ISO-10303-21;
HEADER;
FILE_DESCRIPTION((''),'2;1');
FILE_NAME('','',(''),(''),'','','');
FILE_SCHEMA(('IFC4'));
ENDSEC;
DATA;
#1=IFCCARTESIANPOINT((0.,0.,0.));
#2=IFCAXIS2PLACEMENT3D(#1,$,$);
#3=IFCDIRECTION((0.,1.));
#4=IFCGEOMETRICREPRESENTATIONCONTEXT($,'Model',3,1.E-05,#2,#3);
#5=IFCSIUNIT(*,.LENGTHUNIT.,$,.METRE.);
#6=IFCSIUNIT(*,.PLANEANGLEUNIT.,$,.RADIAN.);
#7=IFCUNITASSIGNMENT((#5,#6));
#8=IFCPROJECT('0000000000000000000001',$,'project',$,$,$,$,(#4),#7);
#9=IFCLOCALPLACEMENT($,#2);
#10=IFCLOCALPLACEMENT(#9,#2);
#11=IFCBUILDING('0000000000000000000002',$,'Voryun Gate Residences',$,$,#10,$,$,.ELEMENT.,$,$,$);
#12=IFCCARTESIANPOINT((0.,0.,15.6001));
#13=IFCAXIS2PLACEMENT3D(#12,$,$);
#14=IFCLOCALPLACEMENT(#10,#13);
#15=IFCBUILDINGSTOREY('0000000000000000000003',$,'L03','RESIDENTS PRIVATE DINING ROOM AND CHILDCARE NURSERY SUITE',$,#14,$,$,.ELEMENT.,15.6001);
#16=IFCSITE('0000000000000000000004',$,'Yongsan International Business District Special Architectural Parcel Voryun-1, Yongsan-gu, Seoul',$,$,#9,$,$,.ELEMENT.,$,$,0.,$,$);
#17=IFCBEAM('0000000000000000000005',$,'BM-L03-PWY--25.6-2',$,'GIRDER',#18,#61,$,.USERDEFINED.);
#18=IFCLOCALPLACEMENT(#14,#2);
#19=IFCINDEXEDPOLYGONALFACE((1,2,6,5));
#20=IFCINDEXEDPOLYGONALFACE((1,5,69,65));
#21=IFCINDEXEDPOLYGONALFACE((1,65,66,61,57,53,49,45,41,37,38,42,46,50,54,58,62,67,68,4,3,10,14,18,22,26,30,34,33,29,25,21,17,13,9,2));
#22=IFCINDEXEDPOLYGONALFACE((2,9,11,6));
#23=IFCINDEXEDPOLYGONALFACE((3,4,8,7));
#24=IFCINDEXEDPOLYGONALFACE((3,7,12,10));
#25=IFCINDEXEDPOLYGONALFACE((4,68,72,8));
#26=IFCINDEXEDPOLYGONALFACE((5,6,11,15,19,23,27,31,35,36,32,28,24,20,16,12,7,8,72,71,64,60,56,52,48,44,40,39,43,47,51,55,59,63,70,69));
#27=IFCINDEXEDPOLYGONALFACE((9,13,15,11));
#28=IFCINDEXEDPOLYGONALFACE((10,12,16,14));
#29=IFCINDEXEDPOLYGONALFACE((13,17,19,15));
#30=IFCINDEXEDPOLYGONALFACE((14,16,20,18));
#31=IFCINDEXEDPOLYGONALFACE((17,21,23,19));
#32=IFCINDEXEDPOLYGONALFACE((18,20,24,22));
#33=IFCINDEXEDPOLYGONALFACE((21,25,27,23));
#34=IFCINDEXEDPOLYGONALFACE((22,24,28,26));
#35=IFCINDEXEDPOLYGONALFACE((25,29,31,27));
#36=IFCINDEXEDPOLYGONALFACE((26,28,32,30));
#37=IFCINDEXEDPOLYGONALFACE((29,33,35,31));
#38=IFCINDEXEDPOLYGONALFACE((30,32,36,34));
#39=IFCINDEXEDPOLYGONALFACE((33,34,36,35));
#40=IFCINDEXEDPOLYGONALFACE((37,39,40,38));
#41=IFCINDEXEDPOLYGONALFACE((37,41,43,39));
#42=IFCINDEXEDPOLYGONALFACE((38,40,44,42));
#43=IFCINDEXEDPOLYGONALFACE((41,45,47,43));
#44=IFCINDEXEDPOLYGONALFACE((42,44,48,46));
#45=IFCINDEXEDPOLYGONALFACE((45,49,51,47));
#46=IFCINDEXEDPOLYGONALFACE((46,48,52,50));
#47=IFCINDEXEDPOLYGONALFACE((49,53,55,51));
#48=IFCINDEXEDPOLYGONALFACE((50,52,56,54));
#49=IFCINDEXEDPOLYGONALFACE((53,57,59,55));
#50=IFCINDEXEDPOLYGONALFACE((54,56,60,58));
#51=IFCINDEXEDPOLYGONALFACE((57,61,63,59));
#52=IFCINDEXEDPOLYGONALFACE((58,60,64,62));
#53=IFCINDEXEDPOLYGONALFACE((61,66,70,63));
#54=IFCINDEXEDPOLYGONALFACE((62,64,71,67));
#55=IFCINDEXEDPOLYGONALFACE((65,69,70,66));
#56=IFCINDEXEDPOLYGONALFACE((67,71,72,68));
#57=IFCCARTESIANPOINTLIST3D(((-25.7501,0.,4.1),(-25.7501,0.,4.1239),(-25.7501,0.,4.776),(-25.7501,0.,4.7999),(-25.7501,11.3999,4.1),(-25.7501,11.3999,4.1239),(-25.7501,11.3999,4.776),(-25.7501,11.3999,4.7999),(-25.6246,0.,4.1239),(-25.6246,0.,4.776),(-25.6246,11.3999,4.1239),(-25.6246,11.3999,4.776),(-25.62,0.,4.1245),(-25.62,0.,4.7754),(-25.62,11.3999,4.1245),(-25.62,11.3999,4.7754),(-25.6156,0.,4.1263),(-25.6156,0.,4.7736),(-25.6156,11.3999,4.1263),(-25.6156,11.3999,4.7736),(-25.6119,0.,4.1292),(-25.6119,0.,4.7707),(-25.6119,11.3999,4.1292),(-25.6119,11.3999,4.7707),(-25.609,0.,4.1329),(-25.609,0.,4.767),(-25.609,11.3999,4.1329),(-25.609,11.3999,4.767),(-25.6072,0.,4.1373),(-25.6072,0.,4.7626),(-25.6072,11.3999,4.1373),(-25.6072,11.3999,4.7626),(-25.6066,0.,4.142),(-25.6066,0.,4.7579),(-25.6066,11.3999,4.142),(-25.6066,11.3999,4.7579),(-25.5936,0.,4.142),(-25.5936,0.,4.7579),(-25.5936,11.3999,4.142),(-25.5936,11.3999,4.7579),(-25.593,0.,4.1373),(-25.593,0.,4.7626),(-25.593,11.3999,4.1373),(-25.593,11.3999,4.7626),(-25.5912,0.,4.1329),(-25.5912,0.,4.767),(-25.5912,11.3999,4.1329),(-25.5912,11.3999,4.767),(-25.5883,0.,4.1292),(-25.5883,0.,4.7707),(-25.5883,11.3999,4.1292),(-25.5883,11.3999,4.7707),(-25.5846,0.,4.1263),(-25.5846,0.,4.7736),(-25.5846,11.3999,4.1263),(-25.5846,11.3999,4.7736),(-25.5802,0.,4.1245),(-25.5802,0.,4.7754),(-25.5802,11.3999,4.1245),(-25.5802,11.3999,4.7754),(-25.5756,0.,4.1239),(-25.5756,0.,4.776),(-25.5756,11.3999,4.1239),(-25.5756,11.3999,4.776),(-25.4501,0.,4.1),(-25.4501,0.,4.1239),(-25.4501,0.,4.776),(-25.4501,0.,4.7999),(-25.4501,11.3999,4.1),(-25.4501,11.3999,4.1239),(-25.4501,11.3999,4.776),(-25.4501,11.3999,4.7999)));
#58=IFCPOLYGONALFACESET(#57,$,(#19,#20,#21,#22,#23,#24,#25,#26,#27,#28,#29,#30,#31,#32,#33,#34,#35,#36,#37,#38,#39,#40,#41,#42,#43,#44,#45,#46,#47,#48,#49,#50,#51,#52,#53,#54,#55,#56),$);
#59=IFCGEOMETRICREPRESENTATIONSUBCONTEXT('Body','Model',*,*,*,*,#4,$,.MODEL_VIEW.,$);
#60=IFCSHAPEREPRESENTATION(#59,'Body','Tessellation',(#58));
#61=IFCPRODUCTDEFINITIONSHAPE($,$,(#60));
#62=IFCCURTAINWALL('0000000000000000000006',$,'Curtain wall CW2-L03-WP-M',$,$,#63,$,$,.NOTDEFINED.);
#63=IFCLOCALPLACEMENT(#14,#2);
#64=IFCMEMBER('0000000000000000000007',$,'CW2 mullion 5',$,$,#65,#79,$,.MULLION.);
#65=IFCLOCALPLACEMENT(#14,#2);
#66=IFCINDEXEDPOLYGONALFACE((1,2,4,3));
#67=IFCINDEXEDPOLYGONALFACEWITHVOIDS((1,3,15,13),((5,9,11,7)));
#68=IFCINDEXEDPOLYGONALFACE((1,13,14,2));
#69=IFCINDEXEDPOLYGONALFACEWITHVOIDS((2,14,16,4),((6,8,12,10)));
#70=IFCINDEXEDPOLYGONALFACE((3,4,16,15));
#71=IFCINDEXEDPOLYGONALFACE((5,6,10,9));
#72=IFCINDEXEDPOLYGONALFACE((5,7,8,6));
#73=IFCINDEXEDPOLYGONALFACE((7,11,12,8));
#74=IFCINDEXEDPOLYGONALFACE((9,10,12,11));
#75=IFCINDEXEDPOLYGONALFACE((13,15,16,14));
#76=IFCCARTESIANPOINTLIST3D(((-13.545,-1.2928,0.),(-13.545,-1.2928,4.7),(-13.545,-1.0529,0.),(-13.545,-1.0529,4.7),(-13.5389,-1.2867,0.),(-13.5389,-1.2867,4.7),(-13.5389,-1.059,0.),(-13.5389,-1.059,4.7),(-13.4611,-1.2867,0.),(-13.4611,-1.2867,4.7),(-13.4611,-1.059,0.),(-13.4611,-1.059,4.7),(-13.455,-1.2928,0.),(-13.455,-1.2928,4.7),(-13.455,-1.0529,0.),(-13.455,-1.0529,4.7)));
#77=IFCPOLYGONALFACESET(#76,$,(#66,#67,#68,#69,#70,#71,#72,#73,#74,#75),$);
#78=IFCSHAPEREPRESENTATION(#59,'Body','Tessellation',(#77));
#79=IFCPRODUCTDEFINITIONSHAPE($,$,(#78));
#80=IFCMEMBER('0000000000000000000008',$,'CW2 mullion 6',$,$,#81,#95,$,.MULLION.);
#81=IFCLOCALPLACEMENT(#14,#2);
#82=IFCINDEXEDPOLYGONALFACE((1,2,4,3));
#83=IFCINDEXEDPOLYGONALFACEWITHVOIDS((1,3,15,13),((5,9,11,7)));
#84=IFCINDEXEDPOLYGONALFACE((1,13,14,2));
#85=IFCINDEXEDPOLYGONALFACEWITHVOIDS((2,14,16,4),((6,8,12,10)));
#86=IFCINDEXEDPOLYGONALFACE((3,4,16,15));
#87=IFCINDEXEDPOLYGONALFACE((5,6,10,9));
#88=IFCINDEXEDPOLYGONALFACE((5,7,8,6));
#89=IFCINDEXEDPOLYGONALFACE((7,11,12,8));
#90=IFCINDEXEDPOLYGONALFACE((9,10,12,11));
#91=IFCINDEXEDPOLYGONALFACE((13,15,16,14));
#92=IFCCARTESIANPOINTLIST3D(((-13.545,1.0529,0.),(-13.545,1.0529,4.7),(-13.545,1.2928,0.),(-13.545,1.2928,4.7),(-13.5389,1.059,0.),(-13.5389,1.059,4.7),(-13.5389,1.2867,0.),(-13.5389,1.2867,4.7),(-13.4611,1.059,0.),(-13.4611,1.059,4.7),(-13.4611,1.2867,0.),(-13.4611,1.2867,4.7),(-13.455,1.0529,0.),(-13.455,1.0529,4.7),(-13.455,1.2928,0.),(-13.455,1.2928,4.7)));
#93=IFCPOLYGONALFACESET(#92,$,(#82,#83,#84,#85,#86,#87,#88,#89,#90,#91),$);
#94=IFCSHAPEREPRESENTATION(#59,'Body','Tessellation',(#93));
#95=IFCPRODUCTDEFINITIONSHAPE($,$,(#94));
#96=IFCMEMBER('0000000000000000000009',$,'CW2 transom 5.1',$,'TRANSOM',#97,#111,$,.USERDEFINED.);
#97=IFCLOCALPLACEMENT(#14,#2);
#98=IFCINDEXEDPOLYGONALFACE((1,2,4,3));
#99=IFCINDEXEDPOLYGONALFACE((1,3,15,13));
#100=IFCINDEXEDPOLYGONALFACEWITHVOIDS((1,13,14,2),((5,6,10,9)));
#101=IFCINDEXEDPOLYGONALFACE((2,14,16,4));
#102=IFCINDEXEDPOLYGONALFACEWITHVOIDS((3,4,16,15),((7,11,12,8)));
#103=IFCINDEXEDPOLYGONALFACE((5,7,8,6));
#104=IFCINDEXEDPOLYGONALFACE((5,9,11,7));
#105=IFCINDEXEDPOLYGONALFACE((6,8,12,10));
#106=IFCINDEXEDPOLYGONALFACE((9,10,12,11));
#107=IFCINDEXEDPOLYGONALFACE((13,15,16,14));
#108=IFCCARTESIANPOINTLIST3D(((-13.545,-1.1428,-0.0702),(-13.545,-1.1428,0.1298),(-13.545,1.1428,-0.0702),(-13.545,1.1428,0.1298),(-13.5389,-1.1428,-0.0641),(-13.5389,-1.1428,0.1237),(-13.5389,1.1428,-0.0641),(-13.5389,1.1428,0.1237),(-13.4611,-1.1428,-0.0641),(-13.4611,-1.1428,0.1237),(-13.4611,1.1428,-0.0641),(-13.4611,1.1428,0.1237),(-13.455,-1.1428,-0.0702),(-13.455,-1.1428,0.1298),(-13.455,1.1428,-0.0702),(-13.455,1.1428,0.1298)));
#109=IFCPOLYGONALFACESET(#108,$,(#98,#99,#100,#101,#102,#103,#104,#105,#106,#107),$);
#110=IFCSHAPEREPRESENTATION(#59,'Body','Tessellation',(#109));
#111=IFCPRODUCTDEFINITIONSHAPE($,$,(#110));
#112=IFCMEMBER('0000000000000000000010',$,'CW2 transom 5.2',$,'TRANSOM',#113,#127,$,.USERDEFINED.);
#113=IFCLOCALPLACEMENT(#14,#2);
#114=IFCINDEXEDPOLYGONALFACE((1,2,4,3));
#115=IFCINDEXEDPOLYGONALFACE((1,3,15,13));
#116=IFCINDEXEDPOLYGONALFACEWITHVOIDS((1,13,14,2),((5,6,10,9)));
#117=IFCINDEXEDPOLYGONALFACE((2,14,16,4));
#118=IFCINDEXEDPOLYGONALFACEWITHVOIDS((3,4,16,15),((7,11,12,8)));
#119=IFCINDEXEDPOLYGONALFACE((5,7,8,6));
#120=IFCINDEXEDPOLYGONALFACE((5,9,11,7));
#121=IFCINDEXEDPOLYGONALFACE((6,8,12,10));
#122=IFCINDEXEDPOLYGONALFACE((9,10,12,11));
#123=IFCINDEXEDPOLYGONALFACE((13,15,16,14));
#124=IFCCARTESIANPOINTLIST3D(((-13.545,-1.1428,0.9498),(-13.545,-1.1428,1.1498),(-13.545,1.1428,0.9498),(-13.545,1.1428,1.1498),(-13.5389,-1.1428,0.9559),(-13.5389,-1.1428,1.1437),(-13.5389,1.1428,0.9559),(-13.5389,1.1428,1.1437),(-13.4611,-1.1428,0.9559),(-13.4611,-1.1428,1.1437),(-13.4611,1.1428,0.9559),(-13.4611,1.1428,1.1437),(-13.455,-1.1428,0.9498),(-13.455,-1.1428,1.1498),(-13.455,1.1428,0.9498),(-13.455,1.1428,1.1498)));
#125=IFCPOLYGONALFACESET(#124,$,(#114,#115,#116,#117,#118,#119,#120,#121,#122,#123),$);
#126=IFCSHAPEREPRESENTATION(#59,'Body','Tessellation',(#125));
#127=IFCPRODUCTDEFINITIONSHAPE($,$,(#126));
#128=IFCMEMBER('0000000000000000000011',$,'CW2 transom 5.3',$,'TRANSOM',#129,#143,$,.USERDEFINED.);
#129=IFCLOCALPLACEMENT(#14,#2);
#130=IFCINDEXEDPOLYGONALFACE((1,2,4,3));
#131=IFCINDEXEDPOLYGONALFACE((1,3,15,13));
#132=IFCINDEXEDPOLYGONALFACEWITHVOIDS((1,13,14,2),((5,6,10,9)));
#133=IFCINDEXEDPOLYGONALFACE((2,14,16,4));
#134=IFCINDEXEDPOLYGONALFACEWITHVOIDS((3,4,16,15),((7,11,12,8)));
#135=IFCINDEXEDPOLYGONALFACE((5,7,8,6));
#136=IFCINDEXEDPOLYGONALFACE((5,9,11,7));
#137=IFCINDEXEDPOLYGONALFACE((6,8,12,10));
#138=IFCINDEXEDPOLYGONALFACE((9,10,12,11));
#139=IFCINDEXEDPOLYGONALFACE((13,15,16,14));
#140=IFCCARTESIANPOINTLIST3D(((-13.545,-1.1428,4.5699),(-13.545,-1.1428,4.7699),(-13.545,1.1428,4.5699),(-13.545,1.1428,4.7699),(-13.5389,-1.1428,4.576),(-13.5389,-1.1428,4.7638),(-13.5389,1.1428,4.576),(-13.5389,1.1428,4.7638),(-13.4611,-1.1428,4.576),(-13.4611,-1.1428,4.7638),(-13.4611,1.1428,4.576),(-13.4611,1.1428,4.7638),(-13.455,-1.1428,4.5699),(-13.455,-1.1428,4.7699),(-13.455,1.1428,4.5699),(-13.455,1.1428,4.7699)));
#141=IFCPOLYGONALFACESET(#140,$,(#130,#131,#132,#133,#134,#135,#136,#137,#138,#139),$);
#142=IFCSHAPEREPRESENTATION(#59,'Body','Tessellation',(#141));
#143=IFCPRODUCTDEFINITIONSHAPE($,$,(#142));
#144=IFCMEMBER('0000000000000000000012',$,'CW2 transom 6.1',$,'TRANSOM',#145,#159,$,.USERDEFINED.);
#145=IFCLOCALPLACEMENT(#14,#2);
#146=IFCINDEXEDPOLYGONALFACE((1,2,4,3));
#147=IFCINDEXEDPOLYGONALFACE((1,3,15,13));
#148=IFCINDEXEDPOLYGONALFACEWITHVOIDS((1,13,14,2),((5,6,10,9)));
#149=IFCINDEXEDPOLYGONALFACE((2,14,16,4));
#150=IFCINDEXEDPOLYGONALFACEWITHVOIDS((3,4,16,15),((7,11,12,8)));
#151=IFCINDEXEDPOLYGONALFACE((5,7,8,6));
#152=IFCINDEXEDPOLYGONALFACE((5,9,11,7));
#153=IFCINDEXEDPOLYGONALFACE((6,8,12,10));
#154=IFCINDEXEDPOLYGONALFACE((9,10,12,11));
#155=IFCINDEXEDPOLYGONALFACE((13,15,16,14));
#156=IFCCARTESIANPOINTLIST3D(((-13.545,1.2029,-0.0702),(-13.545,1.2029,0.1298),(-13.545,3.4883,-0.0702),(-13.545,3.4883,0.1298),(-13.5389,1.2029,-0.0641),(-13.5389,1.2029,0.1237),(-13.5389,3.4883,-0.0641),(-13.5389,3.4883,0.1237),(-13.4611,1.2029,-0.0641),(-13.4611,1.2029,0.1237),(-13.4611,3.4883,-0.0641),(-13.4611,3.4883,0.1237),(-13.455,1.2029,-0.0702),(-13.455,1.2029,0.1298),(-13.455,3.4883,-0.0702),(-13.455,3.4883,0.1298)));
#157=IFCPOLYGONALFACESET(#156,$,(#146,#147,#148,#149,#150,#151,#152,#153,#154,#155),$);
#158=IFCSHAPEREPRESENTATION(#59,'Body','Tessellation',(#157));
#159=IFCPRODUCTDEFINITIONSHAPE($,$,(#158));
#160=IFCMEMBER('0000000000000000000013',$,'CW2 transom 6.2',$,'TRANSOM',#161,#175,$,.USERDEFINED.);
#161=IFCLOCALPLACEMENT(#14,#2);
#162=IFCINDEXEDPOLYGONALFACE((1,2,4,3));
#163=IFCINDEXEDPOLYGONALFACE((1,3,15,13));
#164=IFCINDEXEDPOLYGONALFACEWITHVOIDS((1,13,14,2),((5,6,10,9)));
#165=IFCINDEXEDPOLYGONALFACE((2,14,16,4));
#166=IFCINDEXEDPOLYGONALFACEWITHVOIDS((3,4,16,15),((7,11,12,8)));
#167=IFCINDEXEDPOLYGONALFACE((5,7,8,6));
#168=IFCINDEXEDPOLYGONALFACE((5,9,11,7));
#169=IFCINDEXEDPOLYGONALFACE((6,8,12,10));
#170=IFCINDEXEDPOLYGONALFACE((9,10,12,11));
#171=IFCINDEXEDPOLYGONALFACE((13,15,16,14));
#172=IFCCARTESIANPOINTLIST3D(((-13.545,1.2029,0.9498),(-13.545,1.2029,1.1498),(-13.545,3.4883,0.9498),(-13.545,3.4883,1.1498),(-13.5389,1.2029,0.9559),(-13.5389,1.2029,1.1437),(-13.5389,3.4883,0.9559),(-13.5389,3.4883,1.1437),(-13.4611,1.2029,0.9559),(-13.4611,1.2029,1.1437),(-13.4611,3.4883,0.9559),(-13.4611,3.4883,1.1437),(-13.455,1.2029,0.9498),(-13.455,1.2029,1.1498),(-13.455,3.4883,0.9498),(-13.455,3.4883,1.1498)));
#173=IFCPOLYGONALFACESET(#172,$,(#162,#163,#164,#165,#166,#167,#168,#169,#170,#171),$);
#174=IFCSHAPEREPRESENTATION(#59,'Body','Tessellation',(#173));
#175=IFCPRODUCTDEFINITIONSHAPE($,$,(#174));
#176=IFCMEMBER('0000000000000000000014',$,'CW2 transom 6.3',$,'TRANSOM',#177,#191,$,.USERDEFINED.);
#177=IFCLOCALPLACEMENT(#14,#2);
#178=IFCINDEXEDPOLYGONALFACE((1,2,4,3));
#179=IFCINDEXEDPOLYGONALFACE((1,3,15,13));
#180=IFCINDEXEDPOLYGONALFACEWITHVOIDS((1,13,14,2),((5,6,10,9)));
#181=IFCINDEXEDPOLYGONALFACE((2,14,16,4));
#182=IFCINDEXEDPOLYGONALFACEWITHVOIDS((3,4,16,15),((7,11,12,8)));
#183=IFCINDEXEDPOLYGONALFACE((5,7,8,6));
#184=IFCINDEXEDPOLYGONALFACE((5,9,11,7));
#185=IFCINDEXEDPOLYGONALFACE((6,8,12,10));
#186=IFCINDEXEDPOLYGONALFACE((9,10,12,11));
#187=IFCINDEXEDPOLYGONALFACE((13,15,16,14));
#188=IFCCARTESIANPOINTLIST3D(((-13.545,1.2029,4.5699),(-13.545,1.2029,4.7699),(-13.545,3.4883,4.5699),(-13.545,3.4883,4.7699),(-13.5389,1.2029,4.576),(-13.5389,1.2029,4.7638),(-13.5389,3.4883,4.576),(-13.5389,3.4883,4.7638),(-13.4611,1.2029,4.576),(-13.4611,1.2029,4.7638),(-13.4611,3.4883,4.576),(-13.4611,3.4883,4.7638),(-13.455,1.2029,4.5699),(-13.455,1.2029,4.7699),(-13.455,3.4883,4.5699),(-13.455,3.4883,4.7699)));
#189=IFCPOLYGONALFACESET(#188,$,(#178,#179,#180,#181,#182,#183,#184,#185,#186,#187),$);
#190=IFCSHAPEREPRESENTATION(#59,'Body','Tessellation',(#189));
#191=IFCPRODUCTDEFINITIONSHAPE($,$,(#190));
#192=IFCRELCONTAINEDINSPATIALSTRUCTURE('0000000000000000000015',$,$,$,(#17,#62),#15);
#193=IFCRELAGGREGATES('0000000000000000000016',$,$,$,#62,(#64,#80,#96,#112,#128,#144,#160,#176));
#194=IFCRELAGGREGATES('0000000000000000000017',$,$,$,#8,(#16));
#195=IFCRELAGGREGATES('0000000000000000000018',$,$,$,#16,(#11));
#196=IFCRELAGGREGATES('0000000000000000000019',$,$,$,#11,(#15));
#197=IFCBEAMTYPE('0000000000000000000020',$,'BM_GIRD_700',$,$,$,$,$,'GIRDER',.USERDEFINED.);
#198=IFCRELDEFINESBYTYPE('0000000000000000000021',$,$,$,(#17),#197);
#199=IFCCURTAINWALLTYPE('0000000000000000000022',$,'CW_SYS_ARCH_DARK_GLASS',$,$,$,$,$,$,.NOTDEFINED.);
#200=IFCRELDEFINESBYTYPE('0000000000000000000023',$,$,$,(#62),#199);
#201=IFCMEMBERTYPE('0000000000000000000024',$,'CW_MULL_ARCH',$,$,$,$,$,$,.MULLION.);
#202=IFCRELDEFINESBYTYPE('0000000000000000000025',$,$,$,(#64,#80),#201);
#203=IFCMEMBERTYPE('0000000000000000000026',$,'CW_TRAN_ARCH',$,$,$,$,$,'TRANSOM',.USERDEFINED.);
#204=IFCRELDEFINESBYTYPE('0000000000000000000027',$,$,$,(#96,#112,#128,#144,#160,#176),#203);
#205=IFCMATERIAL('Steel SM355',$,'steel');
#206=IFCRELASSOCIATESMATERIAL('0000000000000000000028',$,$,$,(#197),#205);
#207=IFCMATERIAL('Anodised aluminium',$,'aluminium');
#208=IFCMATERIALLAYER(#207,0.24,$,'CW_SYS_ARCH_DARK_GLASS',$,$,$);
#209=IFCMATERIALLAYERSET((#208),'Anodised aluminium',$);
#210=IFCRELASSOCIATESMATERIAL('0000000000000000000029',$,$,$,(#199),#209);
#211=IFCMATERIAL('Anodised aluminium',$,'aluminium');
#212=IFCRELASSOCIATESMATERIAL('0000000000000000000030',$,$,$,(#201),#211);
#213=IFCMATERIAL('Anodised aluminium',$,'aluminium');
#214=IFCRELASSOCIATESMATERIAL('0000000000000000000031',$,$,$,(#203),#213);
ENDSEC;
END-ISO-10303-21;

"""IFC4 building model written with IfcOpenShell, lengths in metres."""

from ifc_helpers import new_model, si_unit, direction, frame, origin, origin_2d, place, context, subcontext, project, spatial, hollow_rectangle, i_section, extrude, material, layer, layer_set, material_profile, profile_set, type_object, element, aggregate, save


model = new_model("IFC4")

# Units and contexts
model_context = context("Model", 3, precision=1e-05, world=origin(), true_north=direction((0.0, 1.0)))
body_context = subcontext(model_context, "Body", "Model", "MODEL_VIEW")
ifc_project = project(units=[si_unit("LENGTHUNIT", "METRE"), si_unit("PLANEANGLEUNIT", "RADIAN")], contexts=[model_context])

# Site, building, storey
site_placement = place(None, origin())
site = spatial("IfcSite", under=ifc_project, at=site_placement, Name="Yongsan International Business District Special Architectural Parcel Voryun-1, Yongsan-gu, Seoul", CompositionType="ELEMENT", RefElevation=0.0)
building_placement = place(site_placement, origin())
building = spatial("IfcBuilding", under=site, at=building_placement, Name="Voryun Gate Residences", CompositionType="ELEMENT")
storey_placement = place(building_placement, frame((0.0, 0.0, 15.6001)))
storey = spatial("IfcBuildingStorey", under=building, at=storey_placement, Name="L03", Description="RESIDENTS PRIVATE DINING ROOM AND CHILDCARE NURSERY SUITE", CompositionType="ELEMENT", Elevation=15.6001)

# Beam
ifc_material_1 = material(Name="Steel SM355", Category="steel")
ifc_material_profile_1 = material_profile(ifc_material_1, i_section(OverallWidth=0.3, OverallDepth=0.7, WebThickness=0.0129, FlangeThickness=0.0239, FilletRadius=0.0181, at=origin_2d()), Name="H-700x300x13x24")
ifc_profile_set_1 = profile_set([ifc_material_profile_1], Name="Steel SM355")
beam_type = type_object("IfcBeamType", Name="BM_GIRD_700", ElementType="GIRDER", PredefinedType="USERDEFINED", material=ifc_profile_set_1)
for number, where, z_axis, x_axis, name in (
    (1, (-25.6001, 0.0, 4.45), (0.0, 1.0, 0.0), (-1.0, 0.0, 0.0), "BM-L03-PWY--25.6-2"),
):
    element("IfcBeam", number, at=place(storey_placement, frame(where, z_axis=z_axis, x_axis=x_axis)), inside=storey, type_object=beam_type, Name=name, ObjectType="GIRDER", PredefinedType="USERDEFINED", context=body_context, shape_type="SweptSolid", body=[
        extrude(i_section(OverallWidth=0.3, OverallDepth=0.7, WebThickness=0.0129, FlangeThickness=0.0239, FilletRadius=0.0181, at=origin_2d()), origin(), (0.0, 0.0, 1.0), 11.3999),
    ])

# Curtain wall, members
ifc_material_2 = material(Name="Anodised aluminium", Category="aluminium")
ifc_layer_1 = layer(ifc_material_2, 0.24, Name="CW_SYS_ARCH_DARK_GLASS")
ifc_layer_set_1 = layer_set([ifc_layer_1], Name="Anodised aluminium")
curtain_wall_type = type_object("IfcCurtainWallType", Name="CW_SYS_ARCH_DARK_GLASS", PredefinedType="NOTDEFINED", material=ifc_layer_set_1)
curtain_wall_placement = place(storey_placement, origin())
curtain_wall = element("IfcCurtainWall", 2, at=curtain_wall_placement, inside=storey, type_object=curtain_wall_type, Name="Curtain wall CW2-L03-WP-M", PredefinedType="NOTDEFINED")
ifc_material_3 = material(Name="Anodised aluminium", Category="aluminium")
ifc_material_profile_2 = material_profile(ifc_material_3, hollow_rectangle(XDim=0.0901, YDim=0.24, WallThickness=0.0061, at=origin_2d()), Name="ALU-MULL-240x90x6")
ifc_profile_set_2 = profile_set([ifc_material_profile_2], Name="Anodised aluminium")
member_type_1 = type_object("IfcMemberType", Name="CW_MULL_ARCH", PredefinedType="MULLION", material=ifc_profile_set_2)
member_1_placement = place(storey_placement, frame((-13.5, -1.1729, 0.0), z_axis=(0.0, 0.0, 1.0), x_axis=(-1.0, 0.0, 0.0)))
member_1 = element("IfcMember", 3, at=member_1_placement, type_object=member_type_1, Name="CW2 mullion 5", PredefinedType="MULLION", context=body_context, shape_type="SweptSolid", body=[
    extrude(hollow_rectangle(XDim=0.0901, YDim=0.24, WallThickness=0.0061, at=origin_2d()), origin(), (0.0, 0.0, 1.0), 4.7),
])
member_2_placement = place(storey_placement, frame((-13.5, 1.1729, 0.0), z_axis=(0.0, 0.0, 1.0), x_axis=(-1.0, 0.0, 0.0)))
member_2 = element("IfcMember", 4, at=member_2_placement, type_object=member_type_1, Name="CW2 mullion 6", PredefinedType="MULLION", context=body_context, shape_type="SweptSolid", body=[
    extrude(hollow_rectangle(XDim=0.0901, YDim=0.24, WallThickness=0.0061, at=origin_2d()), origin(), (0.0, 0.0, 1.0), 4.7),
])
ifc_material_4 = material(Name="Anodised aluminium", Category="aluminium")
ifc_material_profile_3 = material_profile(ifc_material_4, hollow_rectangle(XDim=0.0901, YDim=0.2, WallThickness=0.0061, at=origin_2d()), Name="ALU-TRAN-200x90x6")
ifc_profile_set_3 = profile_set([ifc_material_profile_3], Name="Anodised aluminium")
member_type_2 = type_object("IfcMemberType", Name="CW_TRAN_ARCH", ElementType="TRANSOM", PredefinedType="USERDEFINED", material=ifc_profile_set_3)
member_3_placement = place(storey_placement, frame((-13.5, -1.1428, 0.0298), z_axis=(0.0, 1.0, 0.0), x_axis=(-1.0, 0.0, 0.0)))
member_3 = element("IfcMember", 5, at=member_3_placement, type_object=member_type_2, Name="CW2 transom 5.1", ObjectType="TRANSOM", PredefinedType="USERDEFINED", context=body_context, shape_type="SweptSolid", body=[
    extrude(hollow_rectangle(XDim=0.0901, YDim=0.2, WallThickness=0.0061, at=origin_2d()), origin(), (0.0, 0.0, 1.0), 2.2856),
])
member_4_placement = place(storey_placement, frame((-13.5, -1.1428, 1.0498), z_axis=(0.0, 1.0, 0.0), x_axis=(-1.0, 0.0, 0.0)))
member_4 = element("IfcMember", 6, at=member_4_placement, type_object=member_type_2, Name="CW2 transom 5.2", ObjectType="TRANSOM", PredefinedType="USERDEFINED", context=body_context, shape_type="SweptSolid", body=[
    extrude(hollow_rectangle(XDim=0.0901, YDim=0.2, WallThickness=0.0061, at=origin_2d()), origin(), (0.0, 0.0, 1.0), 2.2856),
])
member_5_placement = place(storey_placement, frame((-13.5, -1.1428, 4.6699), z_axis=(0.0, 1.0, 0.0), x_axis=(-1.0, 0.0, 0.0)))
member_5 = element("IfcMember", 7, at=member_5_placement, type_object=member_type_2, Name="CW2 transom 5.3", ObjectType="TRANSOM", PredefinedType="USERDEFINED", context=body_context, shape_type="SweptSolid", body=[
    extrude(hollow_rectangle(XDim=0.0901, YDim=0.2, WallThickness=0.0061, at=origin_2d()), origin(), (0.0, 0.0, 1.0), 2.2856),
])
member_6_placement = place(storey_placement, frame((-13.5, 1.2029, 0.0298), z_axis=(0.0, 1.0, 0.0), x_axis=(-1.0, 0.0, 0.0)))
member_6 = element("IfcMember", 8, at=member_6_placement, type_object=member_type_2, Name="CW2 transom 6.1", ObjectType="TRANSOM", PredefinedType="USERDEFINED", context=body_context, shape_type="SweptSolid", body=[
    extrude(hollow_rectangle(XDim=0.0901, YDim=0.2, WallThickness=0.0061, at=origin_2d()), origin(), (0.0, 0.0, 1.0), 2.2854),
])
member_7_placement = place(storey_placement, frame((-13.5, 1.2029, 1.0498), z_axis=(0.0, 1.0, 0.0), x_axis=(-1.0, 0.0, 0.0)))
member_7 = element("IfcMember", 9, at=member_7_placement, type_object=member_type_2, Name="CW2 transom 6.2", ObjectType="TRANSOM", PredefinedType="USERDEFINED", context=body_context, shape_type="SweptSolid", body=[
    extrude(hollow_rectangle(XDim=0.0901, YDim=0.2, WallThickness=0.0061, at=origin_2d()), origin(), (0.0, 0.0, 1.0), 2.2854),
])
member_8_placement = place(storey_placement, frame((-13.5, 1.2029, 4.6699), z_axis=(0.0, 1.0, 0.0), x_axis=(-1.0, 0.0, 0.0)))
member_8 = element("IfcMember", 10, at=member_8_placement, type_object=member_type_2, Name="CW2 transom 6.3", ObjectType="TRANSOM", PredefinedType="USERDEFINED", context=body_context, shape_type="SweptSolid", body=[
    extrude(hollow_rectangle(XDim=0.0901, YDim=0.2, WallThickness=0.0061, at=origin_2d()), origin(), (0.0, 0.0, 1.0), 2.2854),
])
aggregate(curtain_wall, [member_1, member_2, member_3, member_4, member_5, member_6, member_7, member_8])

save(model, "model.ifc")
